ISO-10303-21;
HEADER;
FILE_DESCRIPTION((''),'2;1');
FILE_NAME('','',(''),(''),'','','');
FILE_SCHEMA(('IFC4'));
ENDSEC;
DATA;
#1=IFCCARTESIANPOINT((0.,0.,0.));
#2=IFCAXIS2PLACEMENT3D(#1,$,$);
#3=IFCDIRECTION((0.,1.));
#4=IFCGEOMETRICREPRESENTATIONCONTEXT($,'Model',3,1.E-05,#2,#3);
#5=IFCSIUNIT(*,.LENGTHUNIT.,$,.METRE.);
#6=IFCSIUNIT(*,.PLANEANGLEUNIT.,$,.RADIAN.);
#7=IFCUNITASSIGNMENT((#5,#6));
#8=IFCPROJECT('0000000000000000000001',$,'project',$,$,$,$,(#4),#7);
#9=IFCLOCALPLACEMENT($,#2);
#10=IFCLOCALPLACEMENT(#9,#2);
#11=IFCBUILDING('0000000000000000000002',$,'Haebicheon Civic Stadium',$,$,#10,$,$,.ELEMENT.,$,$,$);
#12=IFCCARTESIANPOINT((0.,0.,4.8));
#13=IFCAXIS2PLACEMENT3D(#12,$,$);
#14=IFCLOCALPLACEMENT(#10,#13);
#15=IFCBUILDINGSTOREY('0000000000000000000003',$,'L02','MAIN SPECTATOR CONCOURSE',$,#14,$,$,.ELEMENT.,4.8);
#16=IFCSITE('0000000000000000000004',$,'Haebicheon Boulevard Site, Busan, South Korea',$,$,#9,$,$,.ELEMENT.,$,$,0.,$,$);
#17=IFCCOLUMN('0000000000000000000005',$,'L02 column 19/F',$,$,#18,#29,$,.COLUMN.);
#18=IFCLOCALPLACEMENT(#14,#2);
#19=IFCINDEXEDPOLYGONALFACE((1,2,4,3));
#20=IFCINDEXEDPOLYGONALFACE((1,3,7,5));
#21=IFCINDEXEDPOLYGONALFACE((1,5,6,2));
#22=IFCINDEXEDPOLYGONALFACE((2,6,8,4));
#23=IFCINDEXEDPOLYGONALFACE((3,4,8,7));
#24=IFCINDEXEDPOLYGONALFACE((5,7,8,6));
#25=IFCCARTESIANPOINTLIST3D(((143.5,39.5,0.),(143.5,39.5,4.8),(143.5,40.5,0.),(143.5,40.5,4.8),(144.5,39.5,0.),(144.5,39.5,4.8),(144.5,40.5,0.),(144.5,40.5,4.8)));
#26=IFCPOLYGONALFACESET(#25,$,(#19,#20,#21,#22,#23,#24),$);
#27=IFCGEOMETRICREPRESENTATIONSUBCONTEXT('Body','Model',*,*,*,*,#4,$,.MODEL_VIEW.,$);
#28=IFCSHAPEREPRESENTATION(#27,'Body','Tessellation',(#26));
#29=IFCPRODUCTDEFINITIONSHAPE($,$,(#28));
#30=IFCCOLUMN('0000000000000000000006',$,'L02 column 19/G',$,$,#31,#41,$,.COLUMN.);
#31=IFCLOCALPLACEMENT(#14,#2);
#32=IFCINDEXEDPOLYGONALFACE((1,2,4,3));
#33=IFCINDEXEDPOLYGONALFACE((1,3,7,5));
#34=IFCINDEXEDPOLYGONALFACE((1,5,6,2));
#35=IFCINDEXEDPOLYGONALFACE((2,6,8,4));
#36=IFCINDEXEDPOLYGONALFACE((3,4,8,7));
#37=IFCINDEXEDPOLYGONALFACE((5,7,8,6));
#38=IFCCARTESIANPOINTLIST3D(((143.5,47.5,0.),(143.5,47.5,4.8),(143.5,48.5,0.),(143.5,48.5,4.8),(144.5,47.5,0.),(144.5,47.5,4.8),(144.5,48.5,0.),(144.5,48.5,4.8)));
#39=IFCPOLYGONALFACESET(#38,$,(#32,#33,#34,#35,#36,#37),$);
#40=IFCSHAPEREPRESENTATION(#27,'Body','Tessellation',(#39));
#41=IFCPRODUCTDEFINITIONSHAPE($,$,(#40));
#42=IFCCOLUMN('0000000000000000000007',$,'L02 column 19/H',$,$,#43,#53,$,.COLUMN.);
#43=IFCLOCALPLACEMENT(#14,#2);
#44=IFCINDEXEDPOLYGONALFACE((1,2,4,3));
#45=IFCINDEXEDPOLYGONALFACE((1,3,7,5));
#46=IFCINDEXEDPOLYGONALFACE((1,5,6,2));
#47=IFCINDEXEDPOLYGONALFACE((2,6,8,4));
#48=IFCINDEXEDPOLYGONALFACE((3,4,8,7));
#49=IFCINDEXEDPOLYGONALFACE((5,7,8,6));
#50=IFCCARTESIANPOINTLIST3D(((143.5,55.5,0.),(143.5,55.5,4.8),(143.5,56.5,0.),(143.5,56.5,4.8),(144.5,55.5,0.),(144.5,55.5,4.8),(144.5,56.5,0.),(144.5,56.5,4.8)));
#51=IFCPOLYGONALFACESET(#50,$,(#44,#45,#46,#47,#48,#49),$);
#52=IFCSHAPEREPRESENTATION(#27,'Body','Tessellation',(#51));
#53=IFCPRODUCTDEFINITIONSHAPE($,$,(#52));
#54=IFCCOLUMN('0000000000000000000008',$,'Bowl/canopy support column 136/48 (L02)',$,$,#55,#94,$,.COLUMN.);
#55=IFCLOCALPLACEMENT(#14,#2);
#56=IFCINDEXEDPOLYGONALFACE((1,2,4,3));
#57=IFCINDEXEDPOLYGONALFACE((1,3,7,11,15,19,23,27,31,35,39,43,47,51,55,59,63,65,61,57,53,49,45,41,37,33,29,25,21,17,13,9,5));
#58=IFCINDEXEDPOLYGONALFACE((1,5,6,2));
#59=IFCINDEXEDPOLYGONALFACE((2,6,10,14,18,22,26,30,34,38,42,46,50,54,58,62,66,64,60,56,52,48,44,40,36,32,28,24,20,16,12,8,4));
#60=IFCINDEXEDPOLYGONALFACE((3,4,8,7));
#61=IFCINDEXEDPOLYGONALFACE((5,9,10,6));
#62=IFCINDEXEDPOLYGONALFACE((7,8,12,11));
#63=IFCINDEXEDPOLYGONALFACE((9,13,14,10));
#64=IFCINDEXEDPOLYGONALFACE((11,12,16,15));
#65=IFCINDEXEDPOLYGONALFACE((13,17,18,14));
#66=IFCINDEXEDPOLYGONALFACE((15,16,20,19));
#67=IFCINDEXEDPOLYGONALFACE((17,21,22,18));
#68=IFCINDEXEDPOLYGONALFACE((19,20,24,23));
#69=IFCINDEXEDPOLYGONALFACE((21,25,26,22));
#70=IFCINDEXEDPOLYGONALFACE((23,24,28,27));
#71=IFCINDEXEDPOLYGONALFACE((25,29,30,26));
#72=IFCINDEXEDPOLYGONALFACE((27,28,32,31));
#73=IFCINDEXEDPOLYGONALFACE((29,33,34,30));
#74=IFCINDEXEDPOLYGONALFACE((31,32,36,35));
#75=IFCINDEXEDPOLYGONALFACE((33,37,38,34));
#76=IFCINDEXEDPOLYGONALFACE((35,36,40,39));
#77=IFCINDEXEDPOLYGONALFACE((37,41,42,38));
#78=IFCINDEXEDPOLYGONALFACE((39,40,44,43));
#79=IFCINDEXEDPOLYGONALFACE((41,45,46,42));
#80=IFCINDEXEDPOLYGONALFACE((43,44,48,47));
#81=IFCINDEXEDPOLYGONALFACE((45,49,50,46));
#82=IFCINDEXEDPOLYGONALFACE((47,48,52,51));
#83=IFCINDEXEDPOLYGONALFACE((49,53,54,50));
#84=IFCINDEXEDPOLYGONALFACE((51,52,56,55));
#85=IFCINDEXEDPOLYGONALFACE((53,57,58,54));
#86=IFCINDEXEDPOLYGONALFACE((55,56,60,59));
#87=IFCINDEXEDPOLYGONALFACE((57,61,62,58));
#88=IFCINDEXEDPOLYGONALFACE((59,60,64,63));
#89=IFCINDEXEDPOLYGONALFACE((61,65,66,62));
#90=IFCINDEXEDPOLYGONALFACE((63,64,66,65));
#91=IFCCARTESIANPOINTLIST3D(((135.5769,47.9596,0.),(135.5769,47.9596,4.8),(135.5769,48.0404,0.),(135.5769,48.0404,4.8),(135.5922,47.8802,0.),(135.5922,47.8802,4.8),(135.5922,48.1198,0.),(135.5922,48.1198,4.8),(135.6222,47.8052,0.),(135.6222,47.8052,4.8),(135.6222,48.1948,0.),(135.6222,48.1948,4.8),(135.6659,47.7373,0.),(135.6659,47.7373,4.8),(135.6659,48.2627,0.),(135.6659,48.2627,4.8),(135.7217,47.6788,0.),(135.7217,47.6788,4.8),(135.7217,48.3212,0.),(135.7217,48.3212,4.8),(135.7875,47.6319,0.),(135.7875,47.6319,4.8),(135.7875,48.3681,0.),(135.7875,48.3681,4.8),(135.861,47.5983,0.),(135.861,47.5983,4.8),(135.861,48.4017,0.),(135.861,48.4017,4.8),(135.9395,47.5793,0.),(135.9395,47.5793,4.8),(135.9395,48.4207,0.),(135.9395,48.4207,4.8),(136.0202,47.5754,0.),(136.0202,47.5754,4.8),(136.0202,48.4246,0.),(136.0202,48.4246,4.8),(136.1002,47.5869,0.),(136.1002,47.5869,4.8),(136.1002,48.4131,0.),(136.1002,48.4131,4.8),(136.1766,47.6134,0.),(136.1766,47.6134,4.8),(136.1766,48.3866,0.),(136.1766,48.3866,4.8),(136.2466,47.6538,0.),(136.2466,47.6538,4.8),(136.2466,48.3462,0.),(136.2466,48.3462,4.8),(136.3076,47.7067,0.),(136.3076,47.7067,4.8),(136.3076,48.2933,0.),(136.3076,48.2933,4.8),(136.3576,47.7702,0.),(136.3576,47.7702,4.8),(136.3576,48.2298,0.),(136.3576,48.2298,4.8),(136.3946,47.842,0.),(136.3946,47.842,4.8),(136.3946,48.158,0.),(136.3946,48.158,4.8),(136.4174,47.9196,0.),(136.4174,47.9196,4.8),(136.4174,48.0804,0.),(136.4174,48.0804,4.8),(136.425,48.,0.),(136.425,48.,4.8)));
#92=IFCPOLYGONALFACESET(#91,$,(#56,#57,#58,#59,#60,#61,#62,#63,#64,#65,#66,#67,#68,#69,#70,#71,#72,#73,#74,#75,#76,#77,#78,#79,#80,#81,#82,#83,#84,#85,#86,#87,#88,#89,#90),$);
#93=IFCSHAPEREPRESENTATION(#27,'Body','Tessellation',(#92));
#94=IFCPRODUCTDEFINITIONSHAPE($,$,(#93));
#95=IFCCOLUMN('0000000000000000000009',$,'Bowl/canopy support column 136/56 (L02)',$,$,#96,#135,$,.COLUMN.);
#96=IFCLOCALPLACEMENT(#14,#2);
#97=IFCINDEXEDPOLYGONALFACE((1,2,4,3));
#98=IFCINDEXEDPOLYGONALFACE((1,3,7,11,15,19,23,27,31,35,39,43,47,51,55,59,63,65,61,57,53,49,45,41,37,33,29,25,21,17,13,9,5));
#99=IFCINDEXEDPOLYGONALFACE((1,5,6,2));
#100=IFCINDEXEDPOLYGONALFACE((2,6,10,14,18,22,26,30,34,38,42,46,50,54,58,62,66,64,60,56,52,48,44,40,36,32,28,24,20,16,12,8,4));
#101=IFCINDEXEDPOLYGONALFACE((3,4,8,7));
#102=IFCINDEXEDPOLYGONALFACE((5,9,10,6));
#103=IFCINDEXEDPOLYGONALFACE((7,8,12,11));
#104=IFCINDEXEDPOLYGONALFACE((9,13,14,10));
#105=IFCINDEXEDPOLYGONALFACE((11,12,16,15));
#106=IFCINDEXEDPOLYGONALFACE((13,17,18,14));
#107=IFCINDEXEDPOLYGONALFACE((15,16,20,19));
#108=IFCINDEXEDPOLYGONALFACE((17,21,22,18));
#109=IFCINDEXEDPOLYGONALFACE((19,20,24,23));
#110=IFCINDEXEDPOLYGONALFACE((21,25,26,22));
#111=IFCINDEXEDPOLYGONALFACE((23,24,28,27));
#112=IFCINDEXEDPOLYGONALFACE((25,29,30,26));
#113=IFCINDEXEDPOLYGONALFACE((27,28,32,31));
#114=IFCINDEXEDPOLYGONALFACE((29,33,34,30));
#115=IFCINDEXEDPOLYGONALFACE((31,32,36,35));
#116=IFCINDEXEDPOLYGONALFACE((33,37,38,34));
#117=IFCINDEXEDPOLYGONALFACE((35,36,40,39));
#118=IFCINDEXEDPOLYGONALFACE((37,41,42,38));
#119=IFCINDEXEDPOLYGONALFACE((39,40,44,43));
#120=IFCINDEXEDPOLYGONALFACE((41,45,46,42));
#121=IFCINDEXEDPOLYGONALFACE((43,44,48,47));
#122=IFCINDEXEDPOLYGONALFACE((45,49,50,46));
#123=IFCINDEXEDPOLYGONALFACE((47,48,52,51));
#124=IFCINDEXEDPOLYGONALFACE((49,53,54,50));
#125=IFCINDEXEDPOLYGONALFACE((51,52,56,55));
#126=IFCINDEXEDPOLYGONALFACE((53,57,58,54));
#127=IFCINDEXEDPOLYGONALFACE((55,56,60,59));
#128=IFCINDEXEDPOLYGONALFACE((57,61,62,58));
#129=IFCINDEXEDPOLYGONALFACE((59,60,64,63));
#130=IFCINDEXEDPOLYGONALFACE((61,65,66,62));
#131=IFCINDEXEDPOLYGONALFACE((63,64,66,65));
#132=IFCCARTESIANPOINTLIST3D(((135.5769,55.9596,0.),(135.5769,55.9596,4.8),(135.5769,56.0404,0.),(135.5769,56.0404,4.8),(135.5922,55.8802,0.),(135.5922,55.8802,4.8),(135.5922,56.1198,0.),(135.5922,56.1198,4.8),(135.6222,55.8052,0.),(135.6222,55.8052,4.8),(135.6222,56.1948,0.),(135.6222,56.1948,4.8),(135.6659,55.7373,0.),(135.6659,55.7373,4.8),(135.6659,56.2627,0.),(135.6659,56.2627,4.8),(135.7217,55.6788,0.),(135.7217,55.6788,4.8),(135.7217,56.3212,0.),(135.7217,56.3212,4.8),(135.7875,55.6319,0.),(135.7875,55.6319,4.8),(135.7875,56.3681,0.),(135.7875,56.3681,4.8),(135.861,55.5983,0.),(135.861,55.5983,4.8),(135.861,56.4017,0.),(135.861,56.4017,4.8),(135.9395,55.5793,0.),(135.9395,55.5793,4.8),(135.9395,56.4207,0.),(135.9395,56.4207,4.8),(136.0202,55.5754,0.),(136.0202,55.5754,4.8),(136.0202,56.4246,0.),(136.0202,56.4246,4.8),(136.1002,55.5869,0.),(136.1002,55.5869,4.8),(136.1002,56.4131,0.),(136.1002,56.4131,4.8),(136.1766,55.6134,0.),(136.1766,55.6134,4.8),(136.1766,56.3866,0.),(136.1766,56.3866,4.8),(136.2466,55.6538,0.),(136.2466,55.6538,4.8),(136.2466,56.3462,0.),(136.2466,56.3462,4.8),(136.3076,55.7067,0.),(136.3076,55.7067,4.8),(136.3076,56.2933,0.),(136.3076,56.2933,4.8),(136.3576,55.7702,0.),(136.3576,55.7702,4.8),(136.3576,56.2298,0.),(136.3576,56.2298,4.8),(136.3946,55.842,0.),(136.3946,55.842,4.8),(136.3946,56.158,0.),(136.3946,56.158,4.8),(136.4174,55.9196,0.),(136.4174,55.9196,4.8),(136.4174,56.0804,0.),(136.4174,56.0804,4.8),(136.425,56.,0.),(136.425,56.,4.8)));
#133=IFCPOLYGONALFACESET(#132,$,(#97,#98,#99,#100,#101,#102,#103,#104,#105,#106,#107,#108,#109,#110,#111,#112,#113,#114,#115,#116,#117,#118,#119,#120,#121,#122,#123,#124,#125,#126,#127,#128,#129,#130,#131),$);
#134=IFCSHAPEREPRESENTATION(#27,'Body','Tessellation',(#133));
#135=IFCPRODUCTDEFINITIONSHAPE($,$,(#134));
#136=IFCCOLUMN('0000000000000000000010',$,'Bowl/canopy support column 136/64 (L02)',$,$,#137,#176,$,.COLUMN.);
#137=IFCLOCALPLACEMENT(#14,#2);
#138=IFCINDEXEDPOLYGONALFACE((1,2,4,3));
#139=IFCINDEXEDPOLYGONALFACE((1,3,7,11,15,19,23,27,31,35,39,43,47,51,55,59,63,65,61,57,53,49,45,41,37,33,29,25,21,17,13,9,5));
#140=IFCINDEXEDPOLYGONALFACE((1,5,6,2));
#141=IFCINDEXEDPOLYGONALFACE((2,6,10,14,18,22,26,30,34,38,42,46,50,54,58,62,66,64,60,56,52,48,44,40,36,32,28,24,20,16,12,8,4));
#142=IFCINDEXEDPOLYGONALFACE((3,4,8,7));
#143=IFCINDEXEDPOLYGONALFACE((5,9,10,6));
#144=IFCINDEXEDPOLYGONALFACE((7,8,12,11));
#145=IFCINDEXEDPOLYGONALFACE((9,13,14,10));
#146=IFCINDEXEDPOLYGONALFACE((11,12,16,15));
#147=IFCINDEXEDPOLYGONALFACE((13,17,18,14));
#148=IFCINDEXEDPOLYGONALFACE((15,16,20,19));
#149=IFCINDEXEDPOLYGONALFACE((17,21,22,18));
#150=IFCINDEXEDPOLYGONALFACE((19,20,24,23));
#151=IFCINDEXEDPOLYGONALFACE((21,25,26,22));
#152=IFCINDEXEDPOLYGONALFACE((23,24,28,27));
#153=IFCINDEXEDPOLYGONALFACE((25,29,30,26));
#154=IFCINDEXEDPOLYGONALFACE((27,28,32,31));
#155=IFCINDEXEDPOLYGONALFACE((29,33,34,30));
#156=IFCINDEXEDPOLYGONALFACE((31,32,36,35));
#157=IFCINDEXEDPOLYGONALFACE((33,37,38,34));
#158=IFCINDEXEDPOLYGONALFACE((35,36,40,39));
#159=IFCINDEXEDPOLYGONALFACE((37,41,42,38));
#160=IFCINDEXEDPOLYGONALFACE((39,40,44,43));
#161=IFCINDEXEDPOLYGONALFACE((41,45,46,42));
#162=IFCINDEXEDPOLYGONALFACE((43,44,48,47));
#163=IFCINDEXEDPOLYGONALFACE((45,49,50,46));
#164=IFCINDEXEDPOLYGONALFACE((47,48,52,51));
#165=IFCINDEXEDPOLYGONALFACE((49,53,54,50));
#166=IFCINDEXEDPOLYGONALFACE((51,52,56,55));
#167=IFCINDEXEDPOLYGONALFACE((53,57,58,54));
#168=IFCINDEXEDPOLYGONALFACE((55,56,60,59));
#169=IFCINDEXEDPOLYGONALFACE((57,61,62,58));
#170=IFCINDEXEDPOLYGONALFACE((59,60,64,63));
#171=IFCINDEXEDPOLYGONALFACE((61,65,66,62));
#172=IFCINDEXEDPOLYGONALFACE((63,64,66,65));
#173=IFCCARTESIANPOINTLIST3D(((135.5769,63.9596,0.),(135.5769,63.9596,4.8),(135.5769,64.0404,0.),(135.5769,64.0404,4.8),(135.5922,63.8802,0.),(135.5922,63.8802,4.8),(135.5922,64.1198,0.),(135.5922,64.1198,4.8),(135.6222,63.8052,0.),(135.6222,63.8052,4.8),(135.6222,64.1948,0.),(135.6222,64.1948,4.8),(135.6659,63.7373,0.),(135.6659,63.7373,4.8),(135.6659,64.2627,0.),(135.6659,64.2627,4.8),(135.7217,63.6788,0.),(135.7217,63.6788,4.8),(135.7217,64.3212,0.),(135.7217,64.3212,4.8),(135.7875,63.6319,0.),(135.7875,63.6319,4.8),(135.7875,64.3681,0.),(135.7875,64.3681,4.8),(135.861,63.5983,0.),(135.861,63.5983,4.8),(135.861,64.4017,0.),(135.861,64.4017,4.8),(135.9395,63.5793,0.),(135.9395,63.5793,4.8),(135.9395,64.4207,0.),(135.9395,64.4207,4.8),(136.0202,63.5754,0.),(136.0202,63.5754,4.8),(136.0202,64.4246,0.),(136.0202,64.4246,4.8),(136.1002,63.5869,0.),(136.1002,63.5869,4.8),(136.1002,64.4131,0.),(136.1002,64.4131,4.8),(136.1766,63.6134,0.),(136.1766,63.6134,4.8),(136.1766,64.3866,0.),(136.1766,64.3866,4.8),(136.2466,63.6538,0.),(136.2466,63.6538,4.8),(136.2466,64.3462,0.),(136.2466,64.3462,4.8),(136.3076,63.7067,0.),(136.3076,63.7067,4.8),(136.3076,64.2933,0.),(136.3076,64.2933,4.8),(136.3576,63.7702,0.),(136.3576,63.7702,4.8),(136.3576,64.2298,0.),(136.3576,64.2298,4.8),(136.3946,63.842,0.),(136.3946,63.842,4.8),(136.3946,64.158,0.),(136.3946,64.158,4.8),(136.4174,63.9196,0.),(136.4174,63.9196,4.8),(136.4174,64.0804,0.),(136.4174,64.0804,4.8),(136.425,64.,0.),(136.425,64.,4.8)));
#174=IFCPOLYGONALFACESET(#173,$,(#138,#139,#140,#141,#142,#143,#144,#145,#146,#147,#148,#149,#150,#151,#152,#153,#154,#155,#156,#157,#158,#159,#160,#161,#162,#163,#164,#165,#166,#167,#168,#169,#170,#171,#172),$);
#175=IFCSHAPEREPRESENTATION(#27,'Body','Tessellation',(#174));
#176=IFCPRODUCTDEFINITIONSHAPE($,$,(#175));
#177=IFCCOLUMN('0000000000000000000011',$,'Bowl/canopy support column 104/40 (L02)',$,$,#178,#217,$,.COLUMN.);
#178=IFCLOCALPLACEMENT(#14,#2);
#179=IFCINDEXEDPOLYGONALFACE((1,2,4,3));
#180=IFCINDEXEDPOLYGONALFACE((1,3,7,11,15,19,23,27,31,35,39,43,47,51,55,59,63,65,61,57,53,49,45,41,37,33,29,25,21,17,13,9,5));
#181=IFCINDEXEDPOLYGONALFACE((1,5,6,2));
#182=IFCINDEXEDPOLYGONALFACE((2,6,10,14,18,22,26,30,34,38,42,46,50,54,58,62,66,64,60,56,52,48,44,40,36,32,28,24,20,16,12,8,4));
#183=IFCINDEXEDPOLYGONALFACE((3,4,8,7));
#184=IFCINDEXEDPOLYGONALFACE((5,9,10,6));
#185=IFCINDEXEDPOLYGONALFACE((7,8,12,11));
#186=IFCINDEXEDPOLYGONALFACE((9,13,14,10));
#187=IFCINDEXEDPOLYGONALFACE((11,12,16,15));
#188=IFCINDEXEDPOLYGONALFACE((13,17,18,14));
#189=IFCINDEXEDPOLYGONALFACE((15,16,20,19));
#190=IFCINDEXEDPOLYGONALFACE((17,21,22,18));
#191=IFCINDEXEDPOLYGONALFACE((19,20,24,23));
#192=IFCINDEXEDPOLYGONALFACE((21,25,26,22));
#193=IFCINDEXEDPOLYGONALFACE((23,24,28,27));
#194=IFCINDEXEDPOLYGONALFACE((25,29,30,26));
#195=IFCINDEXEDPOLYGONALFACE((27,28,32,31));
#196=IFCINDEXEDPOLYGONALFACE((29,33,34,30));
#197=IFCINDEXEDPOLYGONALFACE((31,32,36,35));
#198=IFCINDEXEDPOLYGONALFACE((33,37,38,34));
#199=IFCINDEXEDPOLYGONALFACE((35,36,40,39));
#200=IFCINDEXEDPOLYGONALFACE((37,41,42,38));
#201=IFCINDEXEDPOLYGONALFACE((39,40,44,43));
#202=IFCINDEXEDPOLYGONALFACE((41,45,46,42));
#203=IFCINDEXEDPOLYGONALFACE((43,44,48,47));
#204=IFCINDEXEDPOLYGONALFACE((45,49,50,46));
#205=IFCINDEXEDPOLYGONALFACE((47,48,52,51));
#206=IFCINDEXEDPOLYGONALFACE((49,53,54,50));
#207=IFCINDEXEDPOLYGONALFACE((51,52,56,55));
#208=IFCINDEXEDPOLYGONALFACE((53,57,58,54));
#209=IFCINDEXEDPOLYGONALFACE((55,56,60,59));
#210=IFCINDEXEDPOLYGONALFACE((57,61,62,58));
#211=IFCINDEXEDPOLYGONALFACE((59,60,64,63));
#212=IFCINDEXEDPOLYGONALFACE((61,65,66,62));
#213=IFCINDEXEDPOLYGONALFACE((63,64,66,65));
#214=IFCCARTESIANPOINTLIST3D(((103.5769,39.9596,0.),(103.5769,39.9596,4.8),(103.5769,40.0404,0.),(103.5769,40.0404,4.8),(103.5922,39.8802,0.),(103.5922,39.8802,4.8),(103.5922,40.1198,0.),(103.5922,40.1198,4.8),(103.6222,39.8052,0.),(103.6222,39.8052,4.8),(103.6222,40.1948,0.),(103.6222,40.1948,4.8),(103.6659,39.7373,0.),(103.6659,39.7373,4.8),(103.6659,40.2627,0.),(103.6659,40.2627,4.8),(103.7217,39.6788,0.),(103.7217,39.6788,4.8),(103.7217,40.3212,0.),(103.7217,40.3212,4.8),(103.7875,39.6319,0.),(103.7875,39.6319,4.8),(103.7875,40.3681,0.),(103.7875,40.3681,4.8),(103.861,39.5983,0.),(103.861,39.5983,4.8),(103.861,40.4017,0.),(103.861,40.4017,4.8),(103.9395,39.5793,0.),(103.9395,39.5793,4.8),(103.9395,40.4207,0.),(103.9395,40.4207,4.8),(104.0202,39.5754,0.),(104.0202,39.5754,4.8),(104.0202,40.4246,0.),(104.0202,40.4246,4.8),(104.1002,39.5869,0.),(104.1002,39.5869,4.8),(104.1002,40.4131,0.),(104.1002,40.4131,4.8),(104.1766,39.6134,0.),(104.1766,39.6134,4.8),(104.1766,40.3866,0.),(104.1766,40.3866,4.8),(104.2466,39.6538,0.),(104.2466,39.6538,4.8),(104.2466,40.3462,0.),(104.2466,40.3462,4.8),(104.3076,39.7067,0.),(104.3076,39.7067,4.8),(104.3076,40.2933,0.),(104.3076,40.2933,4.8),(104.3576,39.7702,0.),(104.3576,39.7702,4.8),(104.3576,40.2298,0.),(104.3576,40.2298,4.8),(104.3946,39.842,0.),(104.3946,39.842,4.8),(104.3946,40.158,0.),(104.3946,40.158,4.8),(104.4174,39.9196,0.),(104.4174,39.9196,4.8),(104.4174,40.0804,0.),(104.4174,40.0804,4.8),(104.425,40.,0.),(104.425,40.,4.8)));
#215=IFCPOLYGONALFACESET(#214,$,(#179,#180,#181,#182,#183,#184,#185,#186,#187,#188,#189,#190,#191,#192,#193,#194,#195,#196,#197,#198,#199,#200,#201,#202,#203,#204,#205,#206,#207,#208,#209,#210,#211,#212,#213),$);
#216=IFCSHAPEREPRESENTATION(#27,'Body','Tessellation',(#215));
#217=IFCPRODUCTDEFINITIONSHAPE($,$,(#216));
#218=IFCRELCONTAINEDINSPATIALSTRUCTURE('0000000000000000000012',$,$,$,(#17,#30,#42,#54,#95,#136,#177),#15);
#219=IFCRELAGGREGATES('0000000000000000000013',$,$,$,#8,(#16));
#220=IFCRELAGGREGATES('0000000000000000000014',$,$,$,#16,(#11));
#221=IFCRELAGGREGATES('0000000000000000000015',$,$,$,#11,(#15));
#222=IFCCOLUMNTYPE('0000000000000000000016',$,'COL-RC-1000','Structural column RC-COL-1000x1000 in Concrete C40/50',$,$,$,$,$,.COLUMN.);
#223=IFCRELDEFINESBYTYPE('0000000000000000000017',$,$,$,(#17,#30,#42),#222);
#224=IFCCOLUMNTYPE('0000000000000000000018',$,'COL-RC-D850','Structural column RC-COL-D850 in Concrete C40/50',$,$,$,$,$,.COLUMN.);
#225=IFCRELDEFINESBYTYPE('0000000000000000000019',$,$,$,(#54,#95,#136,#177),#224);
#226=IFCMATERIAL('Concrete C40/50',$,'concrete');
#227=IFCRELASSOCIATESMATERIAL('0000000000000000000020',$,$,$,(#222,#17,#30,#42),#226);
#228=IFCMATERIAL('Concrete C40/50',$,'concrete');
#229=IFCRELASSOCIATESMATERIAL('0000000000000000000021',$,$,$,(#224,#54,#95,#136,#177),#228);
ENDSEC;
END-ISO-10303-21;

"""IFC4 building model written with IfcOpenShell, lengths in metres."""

from ifc_helpers import new_model, si_unit, direction, frame, origin, origin_2d, place, context, subcontext, project, spatial, rectangle, circle, extrude, material, material_profile, profile_set, type_object, element, save


model = new_model("IFC4")

# Units and contexts
model_context = context("Model", 3, precision=1e-05, world=origin(), true_north=direction((0.0, 1.0)))
body_context = subcontext(model_context, "Body", "Model", "MODEL_VIEW")
ifc_project = project(units=[si_unit("LENGTHUNIT", "METRE"), si_unit("PLANEANGLEUNIT", "RADIAN")], contexts=[model_context])

# Site, building, storey
site_placement = place(None, origin())
site = spatial("IfcSite", under=ifc_project, at=site_placement, Name="Haebicheon Boulevard Site, Busan, South Korea", CompositionType="ELEMENT", RefElevation=0.0)
building_placement = place(site_placement, origin())
building = spatial("IfcBuilding", under=site, at=building_placement, Name="Haebicheon Civic Stadium", CompositionType="ELEMENT")
storey_placement = place(building_placement, frame((0.0, 0.0, 4.8)))
storey = spatial("IfcBuildingStorey", under=building, at=storey_placement, Name="L02", Description="MAIN SPECTATOR CONCOURSE", CompositionType="ELEMENT", Elevation=4.8)

# Columns
ifc_material_1 = material(Name="Concrete C40/50", Category="concrete")
ifc_material_profile_1 = material_profile(ifc_material_1, rectangle(XDim=1.0, YDim=1.0, at=origin_2d()), Name="RC-COL-1000x1000")
ifc_profile_set_1 = profile_set([ifc_material_profile_1], Name="Concrete C40/50")
column_type_1 = type_object("IfcColumnType", Name="COL-RC-1000", Description="Structural column RC-COL-1000x1000 in Concrete C40/50", PredefinedType="COLUMN", material=ifc_profile_set_1)
for number, where, z_axis, x_axis, name in (
    (1, (144.0, 40.0, 0.0), (0.0, 0.0, 1.0), (1.0, 0.0, 0.0), "L02 column 19/F"),
    (2, (144.0, 48.0, 0.0), (0.0, 0.0, 1.0), (1.0, 0.0, 0.0), "L02 column 19/G"),
    (3, (144.0, 56.0, 0.0), (0.0, 0.0, 1.0), (1.0, 0.0, 0.0), "L02 column 19/H"),
):
    element("IfcColumn", number, at=place(storey_placement, frame(where, z_axis=z_axis, x_axis=x_axis)), inside=storey, type_object=column_type_1, material=ifc_profile_set_1, Name=name, PredefinedType="COLUMN", context=body_context, shape_type="SweptSolid", body=[
        extrude(rectangle(XDim=1.0, YDim=1.0, at=origin_2d()), origin(), (0.0, 0.0, 1.0), 4.8),
    ])
ifc_material_2 = material(Name="Concrete C40/50", Category="concrete")
ifc_material_profile_2 = material_profile(ifc_material_2, circle(Radius=0.425, at=origin_2d()), Name="RC-COL-D850")
ifc_profile_set_2 = profile_set([ifc_material_profile_2], Name="Concrete C40/50")
column_type_2 = type_object("IfcColumnType", Name="COL-RC-D850", Description="Structural column RC-COL-D850 in Concrete C40/50", PredefinedType="COLUMN", material=ifc_profile_set_2)
for number, where, z_axis, x_axis, name in (
    (4, (136.0, 48.0, 0.0), (0.0, 0.0, 1.0), (1.0, 0.0, 0.0), "Bowl/canopy support column 136/48 (L02)"),
    (5, (136.0, 56.0, 0.0), (0.0, 0.0, 1.0), (1.0, 0.0, 0.0), "Bowl/canopy support column 136/56 (L02)"),
    (6, (136.0, 64.0, 0.0), (0.0, 0.0, 1.0), (1.0, 0.0, 0.0), "Bowl/canopy support column 136/64 (L02)"),
    (7, (104.0, 40.0, 0.0), (0.0, 0.0, 1.0), (1.0, 0.0, 0.0), "Bowl/canopy support column 104/40 (L02)"),
):
    element("IfcColumn", number, at=place(storey_placement, frame(where, z_axis=z_axis, x_axis=x_axis)), inside=storey, type_object=column_type_2, material=ifc_profile_set_2, Name=name, PredefinedType="COLUMN", context=body_context, shape_type="SweptSolid", body=[
        extrude(circle(Radius=0.425, at=origin_2d()), origin(), (0.0, 0.0, 1.0), 4.8),
    ])

save(model, "model.ifc")
